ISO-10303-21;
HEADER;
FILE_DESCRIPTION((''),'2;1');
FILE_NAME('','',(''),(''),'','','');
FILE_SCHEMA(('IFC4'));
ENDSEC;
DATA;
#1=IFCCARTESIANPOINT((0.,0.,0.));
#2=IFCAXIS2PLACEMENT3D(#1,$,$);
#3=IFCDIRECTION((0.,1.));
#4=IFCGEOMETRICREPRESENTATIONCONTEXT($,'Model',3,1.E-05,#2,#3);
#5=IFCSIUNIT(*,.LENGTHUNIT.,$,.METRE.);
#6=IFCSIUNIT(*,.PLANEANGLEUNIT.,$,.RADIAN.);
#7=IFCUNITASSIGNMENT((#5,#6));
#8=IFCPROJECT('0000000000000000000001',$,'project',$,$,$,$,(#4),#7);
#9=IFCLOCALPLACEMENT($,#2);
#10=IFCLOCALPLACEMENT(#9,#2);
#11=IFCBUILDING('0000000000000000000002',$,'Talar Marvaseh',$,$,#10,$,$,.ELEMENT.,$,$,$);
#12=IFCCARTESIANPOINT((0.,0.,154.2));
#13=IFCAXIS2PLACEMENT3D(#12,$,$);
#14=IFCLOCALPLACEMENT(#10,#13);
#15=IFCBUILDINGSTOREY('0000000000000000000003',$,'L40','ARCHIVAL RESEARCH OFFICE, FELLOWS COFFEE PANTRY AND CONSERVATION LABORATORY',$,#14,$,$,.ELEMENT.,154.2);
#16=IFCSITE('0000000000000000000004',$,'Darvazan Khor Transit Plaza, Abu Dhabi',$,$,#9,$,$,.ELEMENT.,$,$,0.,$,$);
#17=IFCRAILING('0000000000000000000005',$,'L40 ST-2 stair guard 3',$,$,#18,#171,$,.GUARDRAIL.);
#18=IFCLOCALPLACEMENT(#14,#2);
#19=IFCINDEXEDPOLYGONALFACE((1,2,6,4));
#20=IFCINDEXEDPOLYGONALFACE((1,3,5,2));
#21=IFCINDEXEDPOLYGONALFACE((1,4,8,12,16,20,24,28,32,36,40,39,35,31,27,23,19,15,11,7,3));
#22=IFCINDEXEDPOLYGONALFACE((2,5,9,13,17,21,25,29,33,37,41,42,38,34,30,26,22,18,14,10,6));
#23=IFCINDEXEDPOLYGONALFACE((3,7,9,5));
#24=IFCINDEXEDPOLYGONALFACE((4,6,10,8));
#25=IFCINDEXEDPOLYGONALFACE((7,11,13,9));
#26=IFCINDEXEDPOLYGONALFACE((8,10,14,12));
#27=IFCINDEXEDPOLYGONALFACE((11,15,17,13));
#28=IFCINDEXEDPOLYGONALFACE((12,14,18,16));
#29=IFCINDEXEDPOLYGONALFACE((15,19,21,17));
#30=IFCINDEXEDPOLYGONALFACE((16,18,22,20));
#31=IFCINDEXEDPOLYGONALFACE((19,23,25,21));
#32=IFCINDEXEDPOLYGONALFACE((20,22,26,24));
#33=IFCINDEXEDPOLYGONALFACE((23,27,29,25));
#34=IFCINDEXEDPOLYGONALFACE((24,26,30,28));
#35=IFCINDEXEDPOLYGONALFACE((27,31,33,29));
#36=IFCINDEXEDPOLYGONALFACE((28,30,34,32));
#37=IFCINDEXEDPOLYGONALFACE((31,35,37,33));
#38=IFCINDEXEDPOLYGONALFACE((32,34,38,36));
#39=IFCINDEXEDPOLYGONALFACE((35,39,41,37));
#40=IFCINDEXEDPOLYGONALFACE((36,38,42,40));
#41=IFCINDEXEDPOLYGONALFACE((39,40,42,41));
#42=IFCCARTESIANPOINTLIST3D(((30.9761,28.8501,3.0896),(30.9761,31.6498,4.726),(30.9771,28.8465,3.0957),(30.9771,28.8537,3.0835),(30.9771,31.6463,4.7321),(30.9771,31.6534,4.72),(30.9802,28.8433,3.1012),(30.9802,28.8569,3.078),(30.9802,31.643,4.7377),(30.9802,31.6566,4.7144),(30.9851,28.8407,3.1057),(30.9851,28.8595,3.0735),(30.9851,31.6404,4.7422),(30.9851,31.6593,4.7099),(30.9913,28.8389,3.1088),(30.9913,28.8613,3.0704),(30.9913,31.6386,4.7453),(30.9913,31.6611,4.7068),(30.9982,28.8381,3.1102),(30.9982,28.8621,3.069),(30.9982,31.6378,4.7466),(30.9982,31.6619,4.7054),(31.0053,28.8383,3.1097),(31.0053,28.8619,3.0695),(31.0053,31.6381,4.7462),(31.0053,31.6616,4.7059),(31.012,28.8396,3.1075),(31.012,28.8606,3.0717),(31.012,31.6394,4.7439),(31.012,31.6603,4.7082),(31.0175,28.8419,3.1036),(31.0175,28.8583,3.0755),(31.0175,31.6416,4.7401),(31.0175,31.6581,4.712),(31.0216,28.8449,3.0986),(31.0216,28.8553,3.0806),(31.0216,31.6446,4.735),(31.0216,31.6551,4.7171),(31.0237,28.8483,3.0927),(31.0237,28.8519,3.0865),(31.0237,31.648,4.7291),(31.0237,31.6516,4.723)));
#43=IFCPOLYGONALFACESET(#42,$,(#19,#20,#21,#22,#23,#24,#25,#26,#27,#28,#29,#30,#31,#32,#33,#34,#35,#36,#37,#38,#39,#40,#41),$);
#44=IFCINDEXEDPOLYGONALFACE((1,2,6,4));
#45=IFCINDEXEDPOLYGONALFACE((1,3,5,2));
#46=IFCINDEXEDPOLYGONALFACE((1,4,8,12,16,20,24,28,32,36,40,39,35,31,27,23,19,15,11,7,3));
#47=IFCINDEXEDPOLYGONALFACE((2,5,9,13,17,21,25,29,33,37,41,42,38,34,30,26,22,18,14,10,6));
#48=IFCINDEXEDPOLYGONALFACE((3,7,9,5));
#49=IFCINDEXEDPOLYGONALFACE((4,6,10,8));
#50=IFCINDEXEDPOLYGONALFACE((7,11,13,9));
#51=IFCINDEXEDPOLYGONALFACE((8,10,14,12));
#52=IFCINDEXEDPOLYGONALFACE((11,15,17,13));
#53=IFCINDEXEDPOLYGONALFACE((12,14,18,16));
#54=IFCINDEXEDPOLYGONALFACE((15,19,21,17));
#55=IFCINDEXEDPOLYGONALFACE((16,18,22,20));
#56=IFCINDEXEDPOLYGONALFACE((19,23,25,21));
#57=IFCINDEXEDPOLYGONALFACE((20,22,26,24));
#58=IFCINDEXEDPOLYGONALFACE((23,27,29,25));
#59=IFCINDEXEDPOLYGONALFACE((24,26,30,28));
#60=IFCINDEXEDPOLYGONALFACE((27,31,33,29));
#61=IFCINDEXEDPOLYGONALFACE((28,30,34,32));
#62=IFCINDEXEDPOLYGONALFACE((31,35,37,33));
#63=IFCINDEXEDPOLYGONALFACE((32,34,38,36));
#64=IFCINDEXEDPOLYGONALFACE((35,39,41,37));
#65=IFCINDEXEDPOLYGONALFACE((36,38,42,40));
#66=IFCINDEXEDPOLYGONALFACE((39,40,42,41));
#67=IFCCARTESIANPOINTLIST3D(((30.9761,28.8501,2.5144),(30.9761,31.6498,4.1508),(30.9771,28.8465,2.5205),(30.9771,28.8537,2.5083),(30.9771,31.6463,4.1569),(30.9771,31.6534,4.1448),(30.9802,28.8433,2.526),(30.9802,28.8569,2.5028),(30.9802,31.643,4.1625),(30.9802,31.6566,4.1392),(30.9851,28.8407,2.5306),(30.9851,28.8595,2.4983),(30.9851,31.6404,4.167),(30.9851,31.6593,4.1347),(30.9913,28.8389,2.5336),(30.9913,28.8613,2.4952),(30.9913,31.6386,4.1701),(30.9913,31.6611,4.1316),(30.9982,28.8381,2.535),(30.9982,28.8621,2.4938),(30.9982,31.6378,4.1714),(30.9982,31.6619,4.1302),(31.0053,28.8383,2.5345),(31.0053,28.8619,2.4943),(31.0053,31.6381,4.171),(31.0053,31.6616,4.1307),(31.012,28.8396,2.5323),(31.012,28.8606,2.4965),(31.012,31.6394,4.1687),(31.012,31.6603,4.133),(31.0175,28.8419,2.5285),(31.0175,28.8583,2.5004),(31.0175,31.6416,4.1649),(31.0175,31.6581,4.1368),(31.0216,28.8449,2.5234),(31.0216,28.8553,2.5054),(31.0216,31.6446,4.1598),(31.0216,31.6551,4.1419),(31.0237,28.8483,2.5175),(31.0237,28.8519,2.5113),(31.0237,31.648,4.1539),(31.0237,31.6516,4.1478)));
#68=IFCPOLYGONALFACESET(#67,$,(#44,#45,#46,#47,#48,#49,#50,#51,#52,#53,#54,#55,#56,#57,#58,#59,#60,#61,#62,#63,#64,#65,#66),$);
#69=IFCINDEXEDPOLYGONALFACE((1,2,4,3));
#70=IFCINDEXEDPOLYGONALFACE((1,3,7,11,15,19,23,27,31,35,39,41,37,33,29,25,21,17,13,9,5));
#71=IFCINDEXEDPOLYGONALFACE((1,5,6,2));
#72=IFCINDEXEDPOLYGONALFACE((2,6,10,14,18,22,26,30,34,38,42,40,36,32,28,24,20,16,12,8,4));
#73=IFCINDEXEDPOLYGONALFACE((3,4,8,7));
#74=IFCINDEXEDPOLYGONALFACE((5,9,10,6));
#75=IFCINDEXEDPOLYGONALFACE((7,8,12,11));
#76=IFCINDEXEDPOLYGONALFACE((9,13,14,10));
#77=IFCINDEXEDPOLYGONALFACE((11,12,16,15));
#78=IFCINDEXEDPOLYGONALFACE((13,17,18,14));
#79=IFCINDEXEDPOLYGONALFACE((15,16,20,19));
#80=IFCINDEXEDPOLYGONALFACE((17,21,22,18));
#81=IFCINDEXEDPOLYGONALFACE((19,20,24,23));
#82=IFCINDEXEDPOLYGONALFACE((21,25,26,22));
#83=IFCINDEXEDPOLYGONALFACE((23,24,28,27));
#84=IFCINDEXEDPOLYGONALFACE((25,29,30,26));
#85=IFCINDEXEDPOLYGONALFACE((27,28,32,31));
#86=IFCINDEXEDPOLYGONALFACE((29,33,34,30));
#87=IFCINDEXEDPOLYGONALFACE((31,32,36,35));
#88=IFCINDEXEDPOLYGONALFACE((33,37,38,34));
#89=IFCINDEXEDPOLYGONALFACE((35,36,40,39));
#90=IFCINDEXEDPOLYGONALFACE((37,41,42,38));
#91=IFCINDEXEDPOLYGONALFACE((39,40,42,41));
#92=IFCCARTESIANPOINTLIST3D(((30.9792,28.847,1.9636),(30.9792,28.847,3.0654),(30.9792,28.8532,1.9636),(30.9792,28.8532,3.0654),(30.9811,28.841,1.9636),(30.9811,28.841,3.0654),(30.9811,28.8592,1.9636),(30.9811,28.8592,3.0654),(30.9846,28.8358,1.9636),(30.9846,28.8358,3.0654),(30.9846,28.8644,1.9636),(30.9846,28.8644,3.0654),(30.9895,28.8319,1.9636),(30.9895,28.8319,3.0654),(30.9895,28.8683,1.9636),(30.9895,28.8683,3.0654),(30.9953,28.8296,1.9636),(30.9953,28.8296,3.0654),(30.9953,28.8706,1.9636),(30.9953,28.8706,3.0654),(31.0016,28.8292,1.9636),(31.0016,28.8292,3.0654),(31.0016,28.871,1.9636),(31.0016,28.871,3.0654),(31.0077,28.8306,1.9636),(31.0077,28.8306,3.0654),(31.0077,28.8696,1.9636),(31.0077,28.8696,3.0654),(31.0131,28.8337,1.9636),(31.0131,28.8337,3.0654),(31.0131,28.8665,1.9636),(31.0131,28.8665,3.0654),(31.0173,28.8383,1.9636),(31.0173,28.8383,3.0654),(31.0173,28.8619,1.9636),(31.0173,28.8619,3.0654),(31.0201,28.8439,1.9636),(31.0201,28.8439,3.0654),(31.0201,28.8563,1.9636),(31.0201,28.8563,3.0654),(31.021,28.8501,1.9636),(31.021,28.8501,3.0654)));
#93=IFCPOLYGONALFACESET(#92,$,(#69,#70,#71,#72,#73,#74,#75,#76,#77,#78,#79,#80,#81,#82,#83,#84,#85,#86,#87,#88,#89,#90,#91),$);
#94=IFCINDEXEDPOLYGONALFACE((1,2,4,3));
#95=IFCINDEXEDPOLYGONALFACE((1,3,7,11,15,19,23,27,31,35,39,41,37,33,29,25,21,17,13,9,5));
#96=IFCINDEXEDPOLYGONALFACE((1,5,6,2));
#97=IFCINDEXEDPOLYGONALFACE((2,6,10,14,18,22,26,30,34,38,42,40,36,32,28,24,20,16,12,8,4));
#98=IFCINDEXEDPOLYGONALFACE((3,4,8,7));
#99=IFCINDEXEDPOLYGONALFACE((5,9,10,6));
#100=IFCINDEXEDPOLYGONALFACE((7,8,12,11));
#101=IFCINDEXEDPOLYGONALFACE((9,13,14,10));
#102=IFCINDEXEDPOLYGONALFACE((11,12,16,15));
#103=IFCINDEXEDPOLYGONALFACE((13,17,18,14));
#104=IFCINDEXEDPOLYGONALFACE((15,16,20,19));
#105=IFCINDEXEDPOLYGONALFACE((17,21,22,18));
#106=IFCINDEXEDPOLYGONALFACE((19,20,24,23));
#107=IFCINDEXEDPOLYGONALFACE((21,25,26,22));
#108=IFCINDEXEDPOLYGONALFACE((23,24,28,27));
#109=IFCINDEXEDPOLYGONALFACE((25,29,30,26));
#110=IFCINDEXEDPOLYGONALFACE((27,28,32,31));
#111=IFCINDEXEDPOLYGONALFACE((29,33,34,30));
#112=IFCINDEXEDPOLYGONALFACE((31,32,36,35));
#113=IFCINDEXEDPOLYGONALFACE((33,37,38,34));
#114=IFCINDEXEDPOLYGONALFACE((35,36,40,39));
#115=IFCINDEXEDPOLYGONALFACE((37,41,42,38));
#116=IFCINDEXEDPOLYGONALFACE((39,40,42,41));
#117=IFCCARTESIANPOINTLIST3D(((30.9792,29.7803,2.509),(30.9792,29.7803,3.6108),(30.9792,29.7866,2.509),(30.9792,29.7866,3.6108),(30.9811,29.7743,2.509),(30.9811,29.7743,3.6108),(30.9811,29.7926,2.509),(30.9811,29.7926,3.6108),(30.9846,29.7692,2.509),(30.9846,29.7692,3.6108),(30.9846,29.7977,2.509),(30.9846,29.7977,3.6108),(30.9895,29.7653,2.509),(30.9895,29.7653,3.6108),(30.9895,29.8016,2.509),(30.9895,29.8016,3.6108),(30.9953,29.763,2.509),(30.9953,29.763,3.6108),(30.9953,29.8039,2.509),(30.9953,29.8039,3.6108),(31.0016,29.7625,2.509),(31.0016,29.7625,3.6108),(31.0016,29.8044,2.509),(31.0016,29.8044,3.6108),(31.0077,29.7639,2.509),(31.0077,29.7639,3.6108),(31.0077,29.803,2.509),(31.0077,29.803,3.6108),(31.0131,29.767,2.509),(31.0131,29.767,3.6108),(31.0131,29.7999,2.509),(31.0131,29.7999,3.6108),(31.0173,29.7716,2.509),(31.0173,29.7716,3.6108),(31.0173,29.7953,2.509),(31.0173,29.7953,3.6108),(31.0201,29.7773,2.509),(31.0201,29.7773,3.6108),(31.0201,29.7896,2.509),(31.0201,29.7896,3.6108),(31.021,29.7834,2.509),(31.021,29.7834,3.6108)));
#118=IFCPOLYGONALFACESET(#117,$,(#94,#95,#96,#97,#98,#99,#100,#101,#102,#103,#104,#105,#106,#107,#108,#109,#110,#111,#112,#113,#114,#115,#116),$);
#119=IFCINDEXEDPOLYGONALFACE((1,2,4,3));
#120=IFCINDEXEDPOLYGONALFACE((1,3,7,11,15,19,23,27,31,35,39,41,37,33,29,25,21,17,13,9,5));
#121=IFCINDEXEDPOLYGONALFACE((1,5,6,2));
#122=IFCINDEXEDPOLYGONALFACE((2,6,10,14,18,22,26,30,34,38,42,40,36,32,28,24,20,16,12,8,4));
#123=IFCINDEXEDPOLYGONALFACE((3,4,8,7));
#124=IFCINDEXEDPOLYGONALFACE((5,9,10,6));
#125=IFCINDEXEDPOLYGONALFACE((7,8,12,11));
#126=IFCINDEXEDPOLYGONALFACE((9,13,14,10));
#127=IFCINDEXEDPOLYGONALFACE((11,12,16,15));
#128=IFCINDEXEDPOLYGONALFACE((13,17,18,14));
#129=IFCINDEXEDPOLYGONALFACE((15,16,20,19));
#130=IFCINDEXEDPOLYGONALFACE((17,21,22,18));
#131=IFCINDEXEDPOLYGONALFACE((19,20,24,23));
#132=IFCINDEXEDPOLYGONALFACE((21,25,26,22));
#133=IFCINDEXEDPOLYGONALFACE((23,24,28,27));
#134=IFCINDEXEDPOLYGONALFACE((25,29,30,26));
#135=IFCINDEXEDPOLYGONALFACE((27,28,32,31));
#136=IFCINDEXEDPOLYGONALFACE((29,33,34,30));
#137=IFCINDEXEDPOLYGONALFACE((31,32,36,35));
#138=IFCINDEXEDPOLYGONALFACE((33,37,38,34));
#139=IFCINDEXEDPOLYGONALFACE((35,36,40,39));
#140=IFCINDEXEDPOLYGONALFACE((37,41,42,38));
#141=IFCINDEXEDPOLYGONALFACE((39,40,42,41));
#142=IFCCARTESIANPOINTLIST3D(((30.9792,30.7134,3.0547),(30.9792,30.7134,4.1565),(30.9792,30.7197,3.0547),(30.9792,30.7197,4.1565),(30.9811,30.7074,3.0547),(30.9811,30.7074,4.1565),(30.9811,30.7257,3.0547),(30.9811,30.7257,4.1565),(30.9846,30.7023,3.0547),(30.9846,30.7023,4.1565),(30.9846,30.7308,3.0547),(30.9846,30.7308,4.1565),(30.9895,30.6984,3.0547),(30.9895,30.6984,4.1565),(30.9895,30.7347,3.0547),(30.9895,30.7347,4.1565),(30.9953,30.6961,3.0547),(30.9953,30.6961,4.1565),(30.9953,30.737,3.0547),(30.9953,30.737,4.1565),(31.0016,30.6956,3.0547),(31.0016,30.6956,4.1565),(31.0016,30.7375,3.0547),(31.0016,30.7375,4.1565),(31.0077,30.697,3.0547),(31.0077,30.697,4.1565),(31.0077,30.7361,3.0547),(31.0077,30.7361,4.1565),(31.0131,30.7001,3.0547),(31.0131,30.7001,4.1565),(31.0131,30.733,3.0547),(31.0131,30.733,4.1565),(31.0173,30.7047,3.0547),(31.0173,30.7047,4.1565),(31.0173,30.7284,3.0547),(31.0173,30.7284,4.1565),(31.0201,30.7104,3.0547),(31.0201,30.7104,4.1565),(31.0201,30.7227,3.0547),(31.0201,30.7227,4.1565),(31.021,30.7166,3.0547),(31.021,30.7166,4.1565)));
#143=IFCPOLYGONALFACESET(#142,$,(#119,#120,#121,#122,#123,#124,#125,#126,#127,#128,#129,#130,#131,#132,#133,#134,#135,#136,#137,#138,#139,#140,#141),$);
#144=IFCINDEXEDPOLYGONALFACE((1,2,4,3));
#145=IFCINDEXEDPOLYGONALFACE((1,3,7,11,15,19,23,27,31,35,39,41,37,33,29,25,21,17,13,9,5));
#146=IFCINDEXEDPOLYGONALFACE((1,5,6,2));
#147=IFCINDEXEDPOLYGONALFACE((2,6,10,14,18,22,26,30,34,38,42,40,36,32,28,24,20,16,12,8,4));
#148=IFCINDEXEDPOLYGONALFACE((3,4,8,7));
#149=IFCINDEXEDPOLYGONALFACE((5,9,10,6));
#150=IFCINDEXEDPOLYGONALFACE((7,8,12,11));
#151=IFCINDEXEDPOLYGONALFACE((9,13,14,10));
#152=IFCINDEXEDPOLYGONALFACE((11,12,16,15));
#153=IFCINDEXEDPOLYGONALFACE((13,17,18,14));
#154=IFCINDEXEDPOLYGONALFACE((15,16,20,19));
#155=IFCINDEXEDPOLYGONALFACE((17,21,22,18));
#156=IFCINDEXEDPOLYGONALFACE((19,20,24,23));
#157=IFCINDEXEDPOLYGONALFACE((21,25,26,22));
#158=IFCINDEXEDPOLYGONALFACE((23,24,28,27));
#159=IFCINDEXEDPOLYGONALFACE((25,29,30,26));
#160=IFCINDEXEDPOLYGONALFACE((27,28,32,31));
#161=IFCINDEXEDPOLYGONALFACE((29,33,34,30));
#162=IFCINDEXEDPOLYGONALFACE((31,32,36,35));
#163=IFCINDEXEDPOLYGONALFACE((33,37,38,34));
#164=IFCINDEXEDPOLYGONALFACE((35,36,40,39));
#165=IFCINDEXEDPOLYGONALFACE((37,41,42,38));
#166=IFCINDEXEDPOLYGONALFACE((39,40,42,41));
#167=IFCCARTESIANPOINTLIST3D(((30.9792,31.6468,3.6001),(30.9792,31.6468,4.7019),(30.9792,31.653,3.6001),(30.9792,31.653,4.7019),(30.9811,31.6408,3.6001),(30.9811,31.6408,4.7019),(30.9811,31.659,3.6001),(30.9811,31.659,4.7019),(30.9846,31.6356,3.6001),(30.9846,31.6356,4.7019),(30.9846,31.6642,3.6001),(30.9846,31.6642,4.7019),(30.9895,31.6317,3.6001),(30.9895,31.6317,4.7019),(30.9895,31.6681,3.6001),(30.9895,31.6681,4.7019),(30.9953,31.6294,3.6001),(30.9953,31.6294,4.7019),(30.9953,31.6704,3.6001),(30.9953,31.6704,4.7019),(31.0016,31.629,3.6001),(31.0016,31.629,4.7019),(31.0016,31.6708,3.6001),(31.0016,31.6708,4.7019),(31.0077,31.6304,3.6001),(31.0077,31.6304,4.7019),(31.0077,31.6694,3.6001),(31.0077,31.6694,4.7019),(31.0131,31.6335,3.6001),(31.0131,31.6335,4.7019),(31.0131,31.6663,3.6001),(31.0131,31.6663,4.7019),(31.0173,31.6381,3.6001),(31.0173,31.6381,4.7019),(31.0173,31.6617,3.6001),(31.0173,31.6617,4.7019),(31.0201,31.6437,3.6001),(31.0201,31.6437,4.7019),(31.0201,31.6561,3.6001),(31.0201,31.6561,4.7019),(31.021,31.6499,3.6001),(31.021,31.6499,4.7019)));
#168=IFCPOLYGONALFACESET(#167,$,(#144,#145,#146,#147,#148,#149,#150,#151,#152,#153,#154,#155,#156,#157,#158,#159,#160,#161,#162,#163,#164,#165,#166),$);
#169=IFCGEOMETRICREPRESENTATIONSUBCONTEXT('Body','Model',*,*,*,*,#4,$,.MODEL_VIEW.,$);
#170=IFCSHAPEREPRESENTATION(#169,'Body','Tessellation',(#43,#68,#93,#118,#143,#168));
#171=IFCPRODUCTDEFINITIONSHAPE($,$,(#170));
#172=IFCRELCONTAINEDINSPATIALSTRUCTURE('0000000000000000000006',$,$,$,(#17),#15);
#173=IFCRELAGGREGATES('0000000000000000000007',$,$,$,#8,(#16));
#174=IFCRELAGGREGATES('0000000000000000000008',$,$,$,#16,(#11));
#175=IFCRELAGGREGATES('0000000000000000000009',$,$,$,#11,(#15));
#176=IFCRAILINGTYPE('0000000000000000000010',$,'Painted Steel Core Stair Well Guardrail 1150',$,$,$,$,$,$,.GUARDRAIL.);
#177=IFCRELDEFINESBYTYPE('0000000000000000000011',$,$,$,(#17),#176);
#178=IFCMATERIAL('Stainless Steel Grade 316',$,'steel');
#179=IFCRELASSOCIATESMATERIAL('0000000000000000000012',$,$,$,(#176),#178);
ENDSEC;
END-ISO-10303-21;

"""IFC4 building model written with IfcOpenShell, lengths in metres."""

from ifc_helpers import new_model, si_unit, direction, frame, origin, origin_2d, place, context, subcontext, project, spatial, circle, extrude, material, type_object, element, save


model = new_model("IFC4")

# Units and contexts
model_context = context("Model", 3, precision=1e-05, world=origin(), true_north=direction((0.0, 1.0)))
body_context = subcontext(model_context, "Body", "Model", "MODEL_VIEW")
ifc_project = project(units=[si_unit("LENGTHUNIT", "METRE"), si_unit("PLANEANGLEUNIT", "RADIAN")], contexts=[model_context])

# Site, building, storey
site_placement = place(None, origin())
site = spatial("IfcSite", under=ifc_project, at=site_placement, Name="Darvazan Khor Transit Plaza, Abu Dhabi", CompositionType="ELEMENT", RefElevation=0.0)
building_placement = place(site_placement, origin())
building = spatial("IfcBuilding", under=site, at=building_placement, Name="Talar Marvaseh", CompositionType="ELEMENT")
storey_placement = place(building_placement, frame((0.0, 0.0, 154.2)))
storey = spatial("IfcBuildingStorey", under=building, at=storey_placement, Name="L40", Description="ARCHIVAL RESEARCH OFFICE, FELLOWS COFFEE PANTRY AND CONSERVATION LABORATORY", CompositionType="ELEMENT", Elevation=154.2)

# Shared definitions
ifc_material_1 = material(Name="Stainless Steel Grade 316", Category="steel")

# Railing
railing_type_1 = type_object("IfcRailingType", Name="Painted Steel Core Stair Well Guardrail 1150", PredefinedType="GUARDRAIL", material=ifc_material_1)
railing_1_placement = place(storey_placement, frame((31.0, 28.8501, 1.9636)))
element("IfcRailing", 1, at=railing_1_placement, inside=storey, type_object=railing_type_1, Name="L40 ST-2 stair guard 3", PredefinedType="GUARDRAIL", context=body_context, shape_type="SweptSolid", body=[
    extrude(circle(Radius=0.0239, at=origin_2d()), frame((0.0, 0.0, 1.126), z_axis=(0.0, 0.863342, 0.50462), x_axis=(-1.0, 0.0, 0.0)), (0.0, 0.0, 1.0), 3.2429),
    extrude(circle(Radius=0.0239, at=origin_2d()), frame((0.0, 0.0, 0.5508), z_axis=(0.0, 0.863342, 0.50462), x_axis=(-1.0, 0.0, 0.0)), (0.0, 0.0, 1.0), 3.2429),
    extrude(circle(Radius=0.021, at=origin_2d()), origin(), (0.0, 0.0, 1.0), 1.1018),
    extrude(circle(Radius=0.021, at=origin_2d()), frame((0.0, 0.9333, 0.5454)), (0.0, 0.0, 1.0), 1.1018),
    extrude(circle(Radius=0.021, at=origin_2d()), frame((0.0, 1.8665, 1.0911)), (0.0, 0.0, 1.0), 1.1018),
    extrude(circle(Radius=0.021, at=origin_2d()), frame((0.0, 2.7998, 1.6365)), (0.0, 0.0, 1.0), 1.1018),
])

save(model, "model.ifc")
